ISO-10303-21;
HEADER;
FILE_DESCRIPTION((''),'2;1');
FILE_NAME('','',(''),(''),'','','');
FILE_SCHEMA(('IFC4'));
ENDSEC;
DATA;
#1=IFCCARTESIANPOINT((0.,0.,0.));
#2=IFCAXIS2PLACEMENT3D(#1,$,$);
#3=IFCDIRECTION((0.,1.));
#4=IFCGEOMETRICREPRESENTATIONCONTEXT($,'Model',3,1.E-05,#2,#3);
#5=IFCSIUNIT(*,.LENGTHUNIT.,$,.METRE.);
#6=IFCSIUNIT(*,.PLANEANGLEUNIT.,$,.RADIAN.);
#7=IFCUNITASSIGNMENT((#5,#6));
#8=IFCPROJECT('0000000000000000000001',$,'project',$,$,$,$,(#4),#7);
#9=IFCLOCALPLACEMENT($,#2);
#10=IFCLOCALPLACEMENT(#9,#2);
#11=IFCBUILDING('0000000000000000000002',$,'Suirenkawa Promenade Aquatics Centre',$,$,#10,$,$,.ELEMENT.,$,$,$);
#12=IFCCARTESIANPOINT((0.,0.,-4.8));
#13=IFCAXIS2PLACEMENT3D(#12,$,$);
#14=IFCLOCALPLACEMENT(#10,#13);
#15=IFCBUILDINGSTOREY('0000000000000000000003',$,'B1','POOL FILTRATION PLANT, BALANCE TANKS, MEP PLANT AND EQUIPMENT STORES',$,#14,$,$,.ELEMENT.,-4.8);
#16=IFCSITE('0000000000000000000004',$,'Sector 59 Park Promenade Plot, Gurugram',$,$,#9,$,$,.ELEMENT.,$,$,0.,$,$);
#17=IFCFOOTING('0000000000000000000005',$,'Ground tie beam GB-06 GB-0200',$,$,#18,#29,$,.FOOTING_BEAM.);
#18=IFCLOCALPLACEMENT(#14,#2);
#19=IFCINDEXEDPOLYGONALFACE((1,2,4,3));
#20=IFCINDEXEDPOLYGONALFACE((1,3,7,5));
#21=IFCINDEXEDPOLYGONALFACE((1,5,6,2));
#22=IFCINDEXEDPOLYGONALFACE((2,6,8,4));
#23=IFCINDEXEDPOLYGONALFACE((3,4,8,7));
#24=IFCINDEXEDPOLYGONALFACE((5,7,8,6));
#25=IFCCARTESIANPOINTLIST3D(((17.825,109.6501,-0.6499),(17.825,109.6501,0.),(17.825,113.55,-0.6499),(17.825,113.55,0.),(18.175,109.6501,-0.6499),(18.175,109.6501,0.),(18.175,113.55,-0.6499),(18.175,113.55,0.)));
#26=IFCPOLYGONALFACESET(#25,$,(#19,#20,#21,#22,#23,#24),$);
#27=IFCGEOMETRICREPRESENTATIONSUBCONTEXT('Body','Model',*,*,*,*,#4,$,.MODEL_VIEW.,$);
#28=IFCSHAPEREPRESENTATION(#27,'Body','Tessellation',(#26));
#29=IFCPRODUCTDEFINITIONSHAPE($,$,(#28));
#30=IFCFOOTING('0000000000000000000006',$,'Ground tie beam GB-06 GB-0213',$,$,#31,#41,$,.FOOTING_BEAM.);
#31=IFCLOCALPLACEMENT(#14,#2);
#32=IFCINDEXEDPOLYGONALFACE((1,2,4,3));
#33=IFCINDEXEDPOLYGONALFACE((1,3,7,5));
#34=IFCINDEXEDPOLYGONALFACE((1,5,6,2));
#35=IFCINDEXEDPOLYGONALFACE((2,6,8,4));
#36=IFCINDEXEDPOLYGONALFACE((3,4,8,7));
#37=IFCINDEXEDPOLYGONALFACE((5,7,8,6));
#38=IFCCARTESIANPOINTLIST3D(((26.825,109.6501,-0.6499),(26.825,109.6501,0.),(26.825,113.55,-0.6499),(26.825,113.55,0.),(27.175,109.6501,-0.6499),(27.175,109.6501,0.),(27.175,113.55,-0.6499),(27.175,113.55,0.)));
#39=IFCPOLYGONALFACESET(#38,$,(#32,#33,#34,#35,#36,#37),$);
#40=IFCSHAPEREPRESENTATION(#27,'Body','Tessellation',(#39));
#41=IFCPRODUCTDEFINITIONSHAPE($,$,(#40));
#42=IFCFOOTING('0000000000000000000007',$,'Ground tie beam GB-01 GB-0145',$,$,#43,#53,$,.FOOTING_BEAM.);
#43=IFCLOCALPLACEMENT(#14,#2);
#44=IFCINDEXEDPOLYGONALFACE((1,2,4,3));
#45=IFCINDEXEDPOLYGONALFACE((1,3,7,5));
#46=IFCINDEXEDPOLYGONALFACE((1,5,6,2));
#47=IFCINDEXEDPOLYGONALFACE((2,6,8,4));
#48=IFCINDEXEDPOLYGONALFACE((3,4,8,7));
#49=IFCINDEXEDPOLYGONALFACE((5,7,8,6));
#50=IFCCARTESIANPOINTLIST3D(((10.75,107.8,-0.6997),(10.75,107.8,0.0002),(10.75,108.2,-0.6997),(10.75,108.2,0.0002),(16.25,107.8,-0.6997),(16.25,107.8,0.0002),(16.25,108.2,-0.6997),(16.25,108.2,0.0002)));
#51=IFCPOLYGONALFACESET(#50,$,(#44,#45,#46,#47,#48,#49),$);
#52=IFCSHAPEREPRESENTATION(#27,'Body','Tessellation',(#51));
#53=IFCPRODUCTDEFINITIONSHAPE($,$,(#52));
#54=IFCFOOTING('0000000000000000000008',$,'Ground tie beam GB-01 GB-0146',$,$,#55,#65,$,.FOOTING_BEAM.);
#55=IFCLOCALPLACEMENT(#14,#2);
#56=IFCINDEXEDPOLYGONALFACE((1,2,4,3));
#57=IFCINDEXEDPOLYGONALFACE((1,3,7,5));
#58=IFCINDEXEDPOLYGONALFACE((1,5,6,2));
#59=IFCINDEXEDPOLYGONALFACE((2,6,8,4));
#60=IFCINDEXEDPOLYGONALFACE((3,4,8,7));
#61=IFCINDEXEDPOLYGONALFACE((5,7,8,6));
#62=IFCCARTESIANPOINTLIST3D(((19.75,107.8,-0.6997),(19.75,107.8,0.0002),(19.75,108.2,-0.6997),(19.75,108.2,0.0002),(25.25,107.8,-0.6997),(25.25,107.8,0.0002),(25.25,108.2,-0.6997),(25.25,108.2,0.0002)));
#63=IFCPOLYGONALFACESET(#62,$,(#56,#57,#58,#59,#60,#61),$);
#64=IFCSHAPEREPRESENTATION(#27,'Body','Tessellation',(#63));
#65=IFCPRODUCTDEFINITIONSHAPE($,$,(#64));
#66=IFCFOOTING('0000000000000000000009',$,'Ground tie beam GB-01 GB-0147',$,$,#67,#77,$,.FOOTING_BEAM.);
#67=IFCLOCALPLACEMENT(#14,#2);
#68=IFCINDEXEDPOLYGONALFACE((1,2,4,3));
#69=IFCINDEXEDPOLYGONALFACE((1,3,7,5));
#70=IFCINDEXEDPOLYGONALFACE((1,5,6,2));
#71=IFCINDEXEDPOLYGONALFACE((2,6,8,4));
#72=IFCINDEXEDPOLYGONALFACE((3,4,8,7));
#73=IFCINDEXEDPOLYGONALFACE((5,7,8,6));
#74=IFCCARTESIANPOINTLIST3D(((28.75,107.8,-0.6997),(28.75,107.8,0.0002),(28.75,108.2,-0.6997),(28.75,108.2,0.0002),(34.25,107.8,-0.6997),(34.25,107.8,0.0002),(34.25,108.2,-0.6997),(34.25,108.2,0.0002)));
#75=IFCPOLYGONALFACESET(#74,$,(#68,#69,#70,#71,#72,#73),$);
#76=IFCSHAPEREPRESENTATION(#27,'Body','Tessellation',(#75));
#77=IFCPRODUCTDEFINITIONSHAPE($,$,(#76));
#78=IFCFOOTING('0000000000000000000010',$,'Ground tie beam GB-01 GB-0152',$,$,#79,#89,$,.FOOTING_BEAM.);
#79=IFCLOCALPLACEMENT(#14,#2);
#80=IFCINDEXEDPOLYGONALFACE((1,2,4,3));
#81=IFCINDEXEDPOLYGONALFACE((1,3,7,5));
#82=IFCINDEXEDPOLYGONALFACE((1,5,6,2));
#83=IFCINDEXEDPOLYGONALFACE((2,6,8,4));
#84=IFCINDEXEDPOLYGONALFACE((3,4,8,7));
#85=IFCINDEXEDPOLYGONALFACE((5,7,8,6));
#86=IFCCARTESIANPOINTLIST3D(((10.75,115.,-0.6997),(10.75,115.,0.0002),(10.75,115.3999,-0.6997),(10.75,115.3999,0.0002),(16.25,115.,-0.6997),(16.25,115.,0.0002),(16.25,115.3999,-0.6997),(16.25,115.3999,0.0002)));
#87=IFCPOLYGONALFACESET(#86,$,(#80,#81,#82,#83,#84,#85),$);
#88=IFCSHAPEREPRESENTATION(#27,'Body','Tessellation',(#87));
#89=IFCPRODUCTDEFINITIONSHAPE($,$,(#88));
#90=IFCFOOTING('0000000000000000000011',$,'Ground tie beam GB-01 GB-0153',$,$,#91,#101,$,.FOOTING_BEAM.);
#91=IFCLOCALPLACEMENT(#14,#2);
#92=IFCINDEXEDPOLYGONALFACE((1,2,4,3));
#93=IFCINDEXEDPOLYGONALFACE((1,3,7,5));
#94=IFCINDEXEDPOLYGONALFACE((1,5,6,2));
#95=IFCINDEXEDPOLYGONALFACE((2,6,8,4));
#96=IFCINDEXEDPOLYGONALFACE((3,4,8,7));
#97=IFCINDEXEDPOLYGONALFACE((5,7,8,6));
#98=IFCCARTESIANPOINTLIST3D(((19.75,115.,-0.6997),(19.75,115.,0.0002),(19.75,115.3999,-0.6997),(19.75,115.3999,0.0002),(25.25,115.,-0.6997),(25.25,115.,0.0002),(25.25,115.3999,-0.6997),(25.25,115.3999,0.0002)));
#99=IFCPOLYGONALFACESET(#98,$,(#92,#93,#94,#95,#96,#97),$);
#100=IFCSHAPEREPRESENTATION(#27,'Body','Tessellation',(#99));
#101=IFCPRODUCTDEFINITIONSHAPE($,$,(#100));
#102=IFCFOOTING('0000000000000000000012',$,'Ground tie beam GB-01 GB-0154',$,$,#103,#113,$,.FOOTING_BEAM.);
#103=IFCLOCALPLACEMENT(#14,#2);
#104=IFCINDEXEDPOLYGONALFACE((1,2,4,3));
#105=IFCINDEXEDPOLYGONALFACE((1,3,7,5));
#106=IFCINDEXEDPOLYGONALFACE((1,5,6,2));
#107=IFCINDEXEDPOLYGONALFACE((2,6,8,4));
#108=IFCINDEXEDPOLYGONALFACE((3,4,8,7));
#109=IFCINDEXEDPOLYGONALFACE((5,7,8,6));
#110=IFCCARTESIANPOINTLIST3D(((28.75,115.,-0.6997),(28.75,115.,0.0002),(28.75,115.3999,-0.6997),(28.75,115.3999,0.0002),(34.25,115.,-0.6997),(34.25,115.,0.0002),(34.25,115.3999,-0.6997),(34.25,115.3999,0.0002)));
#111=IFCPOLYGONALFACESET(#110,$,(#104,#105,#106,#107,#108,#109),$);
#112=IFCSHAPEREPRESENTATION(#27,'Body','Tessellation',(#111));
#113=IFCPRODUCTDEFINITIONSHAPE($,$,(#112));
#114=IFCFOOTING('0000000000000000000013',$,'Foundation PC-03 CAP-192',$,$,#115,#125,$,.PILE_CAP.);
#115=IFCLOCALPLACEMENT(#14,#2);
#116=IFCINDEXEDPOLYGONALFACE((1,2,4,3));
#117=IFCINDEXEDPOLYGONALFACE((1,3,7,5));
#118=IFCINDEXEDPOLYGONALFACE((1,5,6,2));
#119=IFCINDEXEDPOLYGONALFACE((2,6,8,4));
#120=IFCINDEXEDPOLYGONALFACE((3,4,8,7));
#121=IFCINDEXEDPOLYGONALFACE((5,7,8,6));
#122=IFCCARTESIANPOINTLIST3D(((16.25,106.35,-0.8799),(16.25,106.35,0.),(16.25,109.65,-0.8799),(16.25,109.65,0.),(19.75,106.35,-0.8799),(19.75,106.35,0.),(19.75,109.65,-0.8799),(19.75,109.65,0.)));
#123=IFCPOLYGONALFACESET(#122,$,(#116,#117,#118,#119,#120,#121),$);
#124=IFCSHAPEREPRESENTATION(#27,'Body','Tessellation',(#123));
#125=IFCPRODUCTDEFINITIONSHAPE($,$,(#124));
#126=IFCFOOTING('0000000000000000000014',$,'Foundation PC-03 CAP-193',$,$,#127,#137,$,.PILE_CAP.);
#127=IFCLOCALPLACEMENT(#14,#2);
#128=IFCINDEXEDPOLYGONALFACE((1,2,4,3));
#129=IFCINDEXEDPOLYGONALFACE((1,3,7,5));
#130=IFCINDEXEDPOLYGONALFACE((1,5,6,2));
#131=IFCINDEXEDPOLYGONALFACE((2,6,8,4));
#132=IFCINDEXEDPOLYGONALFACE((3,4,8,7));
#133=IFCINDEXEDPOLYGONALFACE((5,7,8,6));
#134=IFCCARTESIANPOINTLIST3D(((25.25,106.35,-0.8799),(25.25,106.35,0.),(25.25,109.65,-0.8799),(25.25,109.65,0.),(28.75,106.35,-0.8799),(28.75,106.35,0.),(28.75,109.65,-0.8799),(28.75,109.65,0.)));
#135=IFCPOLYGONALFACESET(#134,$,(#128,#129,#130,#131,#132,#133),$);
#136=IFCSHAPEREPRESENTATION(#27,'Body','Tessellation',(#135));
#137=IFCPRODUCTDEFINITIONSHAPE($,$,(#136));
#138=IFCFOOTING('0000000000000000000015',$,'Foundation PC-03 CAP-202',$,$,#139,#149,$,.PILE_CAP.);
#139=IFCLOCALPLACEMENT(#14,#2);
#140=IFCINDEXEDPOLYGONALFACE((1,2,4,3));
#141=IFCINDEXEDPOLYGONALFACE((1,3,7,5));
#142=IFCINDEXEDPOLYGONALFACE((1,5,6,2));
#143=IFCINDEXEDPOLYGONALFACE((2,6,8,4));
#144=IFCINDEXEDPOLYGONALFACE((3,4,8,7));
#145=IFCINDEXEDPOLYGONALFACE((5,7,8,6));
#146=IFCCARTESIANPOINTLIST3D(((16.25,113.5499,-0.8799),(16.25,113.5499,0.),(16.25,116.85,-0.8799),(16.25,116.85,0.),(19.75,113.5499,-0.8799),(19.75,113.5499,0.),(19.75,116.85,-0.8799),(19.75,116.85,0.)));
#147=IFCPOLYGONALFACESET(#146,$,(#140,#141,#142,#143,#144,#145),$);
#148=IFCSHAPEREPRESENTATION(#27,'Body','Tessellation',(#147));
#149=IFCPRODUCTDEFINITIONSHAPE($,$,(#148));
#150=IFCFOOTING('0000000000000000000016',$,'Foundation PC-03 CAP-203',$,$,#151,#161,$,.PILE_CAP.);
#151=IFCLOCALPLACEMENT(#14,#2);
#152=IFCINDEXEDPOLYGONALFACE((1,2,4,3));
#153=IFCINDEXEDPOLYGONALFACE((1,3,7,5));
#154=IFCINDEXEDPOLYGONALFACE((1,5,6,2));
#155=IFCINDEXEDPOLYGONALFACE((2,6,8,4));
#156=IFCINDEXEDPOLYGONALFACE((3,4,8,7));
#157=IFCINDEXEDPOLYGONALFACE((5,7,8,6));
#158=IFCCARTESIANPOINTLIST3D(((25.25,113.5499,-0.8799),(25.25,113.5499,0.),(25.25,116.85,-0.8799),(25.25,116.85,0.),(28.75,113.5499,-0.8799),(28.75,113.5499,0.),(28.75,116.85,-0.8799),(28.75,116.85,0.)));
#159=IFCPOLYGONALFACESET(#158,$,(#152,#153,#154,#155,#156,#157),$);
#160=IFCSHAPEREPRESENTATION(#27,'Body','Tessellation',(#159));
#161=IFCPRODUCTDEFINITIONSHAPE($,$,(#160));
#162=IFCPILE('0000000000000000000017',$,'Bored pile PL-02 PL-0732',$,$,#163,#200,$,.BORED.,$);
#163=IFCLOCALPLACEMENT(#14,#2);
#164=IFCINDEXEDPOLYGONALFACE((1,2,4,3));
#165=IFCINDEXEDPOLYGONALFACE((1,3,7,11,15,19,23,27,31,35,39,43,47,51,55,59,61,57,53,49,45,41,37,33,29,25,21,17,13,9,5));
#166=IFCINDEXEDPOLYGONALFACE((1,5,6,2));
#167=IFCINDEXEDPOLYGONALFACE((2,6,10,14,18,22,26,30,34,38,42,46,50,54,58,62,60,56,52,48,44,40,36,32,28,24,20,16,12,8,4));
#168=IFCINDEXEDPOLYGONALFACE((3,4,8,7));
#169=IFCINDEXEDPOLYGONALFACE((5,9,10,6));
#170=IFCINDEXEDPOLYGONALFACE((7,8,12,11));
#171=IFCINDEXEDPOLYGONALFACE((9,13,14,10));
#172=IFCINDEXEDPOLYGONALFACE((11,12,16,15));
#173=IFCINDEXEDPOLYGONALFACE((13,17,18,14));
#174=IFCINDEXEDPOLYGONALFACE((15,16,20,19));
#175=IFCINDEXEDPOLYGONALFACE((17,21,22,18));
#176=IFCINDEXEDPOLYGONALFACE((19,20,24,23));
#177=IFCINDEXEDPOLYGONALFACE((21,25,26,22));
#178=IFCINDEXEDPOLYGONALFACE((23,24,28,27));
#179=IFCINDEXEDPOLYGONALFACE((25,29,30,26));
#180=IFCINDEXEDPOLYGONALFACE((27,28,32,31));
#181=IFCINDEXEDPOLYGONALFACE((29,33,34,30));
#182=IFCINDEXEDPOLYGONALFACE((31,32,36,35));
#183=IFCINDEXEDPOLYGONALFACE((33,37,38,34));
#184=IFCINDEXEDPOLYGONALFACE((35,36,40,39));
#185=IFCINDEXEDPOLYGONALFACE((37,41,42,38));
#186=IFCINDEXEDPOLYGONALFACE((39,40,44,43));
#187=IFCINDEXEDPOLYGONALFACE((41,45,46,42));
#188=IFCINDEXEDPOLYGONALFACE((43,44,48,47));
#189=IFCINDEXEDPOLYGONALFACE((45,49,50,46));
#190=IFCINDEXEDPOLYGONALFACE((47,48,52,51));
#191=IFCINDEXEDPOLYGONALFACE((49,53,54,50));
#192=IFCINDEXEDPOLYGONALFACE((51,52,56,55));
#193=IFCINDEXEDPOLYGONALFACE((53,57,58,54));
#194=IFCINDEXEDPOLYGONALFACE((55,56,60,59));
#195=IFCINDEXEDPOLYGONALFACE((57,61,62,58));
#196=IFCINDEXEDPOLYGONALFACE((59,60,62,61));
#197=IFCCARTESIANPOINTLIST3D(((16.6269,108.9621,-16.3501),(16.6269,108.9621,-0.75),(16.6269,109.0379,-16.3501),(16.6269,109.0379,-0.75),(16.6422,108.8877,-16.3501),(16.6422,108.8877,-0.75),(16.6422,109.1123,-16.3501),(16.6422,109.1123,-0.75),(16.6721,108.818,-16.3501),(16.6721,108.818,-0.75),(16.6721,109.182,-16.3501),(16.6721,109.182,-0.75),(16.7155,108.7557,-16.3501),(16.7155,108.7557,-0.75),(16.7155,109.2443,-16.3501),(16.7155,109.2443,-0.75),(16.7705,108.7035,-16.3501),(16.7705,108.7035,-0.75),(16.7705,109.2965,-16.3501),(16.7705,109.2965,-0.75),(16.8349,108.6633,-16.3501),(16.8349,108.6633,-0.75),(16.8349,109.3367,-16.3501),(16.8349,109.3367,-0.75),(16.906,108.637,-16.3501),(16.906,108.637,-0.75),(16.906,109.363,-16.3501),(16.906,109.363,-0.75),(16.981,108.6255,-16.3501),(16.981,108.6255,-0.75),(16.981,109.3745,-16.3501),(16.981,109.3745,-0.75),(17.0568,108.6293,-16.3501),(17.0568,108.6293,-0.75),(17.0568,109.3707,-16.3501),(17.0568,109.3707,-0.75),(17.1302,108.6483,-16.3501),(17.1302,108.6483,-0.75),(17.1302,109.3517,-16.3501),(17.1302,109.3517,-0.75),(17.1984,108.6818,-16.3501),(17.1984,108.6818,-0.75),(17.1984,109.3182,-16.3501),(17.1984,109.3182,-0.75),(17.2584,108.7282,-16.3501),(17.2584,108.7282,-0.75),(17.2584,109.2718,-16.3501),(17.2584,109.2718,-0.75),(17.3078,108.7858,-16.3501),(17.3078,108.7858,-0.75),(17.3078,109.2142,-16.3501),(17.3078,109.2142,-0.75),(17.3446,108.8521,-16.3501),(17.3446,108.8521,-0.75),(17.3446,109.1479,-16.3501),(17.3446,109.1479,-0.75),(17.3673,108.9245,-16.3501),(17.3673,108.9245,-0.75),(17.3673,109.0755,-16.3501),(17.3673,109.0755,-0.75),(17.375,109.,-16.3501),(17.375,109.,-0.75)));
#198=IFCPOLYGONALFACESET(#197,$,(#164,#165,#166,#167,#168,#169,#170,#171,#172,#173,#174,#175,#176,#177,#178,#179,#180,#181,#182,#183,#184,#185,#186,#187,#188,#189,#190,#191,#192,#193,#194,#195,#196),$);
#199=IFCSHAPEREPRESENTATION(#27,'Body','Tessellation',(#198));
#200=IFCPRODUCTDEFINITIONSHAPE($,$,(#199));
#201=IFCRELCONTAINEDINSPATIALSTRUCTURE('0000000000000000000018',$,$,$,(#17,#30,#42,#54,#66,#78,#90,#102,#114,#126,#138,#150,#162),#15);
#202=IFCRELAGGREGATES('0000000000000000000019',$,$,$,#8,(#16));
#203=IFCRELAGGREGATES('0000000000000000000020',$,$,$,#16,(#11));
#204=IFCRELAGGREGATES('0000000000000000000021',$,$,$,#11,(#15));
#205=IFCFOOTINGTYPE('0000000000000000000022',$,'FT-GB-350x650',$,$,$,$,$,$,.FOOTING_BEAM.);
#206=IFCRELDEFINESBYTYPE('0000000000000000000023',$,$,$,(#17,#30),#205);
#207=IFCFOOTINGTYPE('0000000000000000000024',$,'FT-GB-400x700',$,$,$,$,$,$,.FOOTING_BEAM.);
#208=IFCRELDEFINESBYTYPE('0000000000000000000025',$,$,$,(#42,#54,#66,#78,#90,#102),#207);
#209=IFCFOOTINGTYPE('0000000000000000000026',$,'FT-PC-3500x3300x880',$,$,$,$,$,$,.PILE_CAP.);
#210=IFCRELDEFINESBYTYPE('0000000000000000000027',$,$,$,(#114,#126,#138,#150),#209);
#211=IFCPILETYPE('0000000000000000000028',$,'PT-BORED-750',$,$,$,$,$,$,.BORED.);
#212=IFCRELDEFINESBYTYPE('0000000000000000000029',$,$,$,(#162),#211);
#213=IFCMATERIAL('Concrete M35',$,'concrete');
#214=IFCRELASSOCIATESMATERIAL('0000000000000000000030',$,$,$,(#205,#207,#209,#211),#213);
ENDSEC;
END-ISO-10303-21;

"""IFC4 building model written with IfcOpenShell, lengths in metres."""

from ifc_helpers import new_model, si_unit, direction, frame, origin, origin_2d, place, context, subcontext, project, spatial, rectangle, circle, extrude, material, material_profile, profile_set, type_object, element, save


model = new_model("IFC4")

# Units and contexts
model_context = context("Model", 3, precision=1e-05, world=origin(), true_north=direction((0.0, 1.0)))
body_context = subcontext(model_context, "Body", "Model", "MODEL_VIEW")
ifc_project = project(units=[si_unit("LENGTHUNIT", "METRE"), si_unit("PLANEANGLEUNIT", "RADIAN")], contexts=[model_context])

# Site, building, storey
site_placement = place(None, origin())
site = spatial("IfcSite", under=ifc_project, at=site_placement, Name="Sector 59 Park Promenade Plot, Gurugram", CompositionType="ELEMENT", RefElevation=0.0)
building_placement = place(site_placement, origin())
building = spatial("IfcBuilding", under=site, at=building_placement, Name="Suirenkawa Promenade Aquatics Centre", CompositionType="ELEMENT")
storey_placement = place(building_placement, frame((0.0, 0.0, -4.8)))
storey = spatial("IfcBuildingStorey", under=building, at=storey_placement, Name="B1", Description="POOL FILTRATION PLANT, BALANCE TANKS, MEP PLANT AND EQUIPMENT STORES", CompositionType="ELEMENT", Elevation=-4.8)

# Footings
ifc_material_1 = material(Name="Concrete M35", Category="concrete")
footing_type_1 = type_object("IfcFootingType", Name="FT-GB-350x650", PredefinedType="FOOTING_BEAM", material=ifc_material_1)
for number, where, z_axis, x_axis, name in (
    (1, (18.0, 111.6001, -0.6499), (0.0, 0.0, 1.0), (0.0, 1.0, 0.0), "Ground tie beam GB-06 GB-0200"),
    (2, (27.0, 111.6001, -0.6499), (0.0, 0.0, 1.0), (0.0, 1.0, 0.0), "Ground tie beam GB-06 GB-0213"),
):
    element("IfcFooting", number, at=place(storey_placement, frame(where, z_axis=z_axis, x_axis=x_axis)), inside=storey, type_object=footing_type_1, Name=name, PredefinedType="FOOTING_BEAM", context=body_context, shape_type="SweptSolid", body=[
        extrude(rectangle(XDim=3.8999, YDim=0.3501, at=origin_2d()), origin(), (0.0, 0.0, 1.0), 0.6499),
    ])
footing_type_2 = type_object("IfcFootingType", Name="FT-GB-400x700", PredefinedType="FOOTING_BEAM", material=ifc_material_1)
for number, where, z_axis, x_axis, name in (
    (3, (13.5, 108.0, -0.6997), (0.0, 0.0, 1.0), (1.0, 0.0, 0.0), "Ground tie beam GB-01 GB-0145"),
    (4, (22.5, 108.0, -0.6997), (0.0, 0.0, 1.0), (1.0, 0.0, 0.0), "Ground tie beam GB-01 GB-0146"),
    (5, (31.5, 108.0, -0.6997), (0.0, 0.0, 1.0), (1.0, 0.0, 0.0), "Ground tie beam GB-01 GB-0147"),
    (6, (13.5, 115.2, -0.6997), (0.0, 0.0, 1.0), (1.0, 0.0, 0.0), "Ground tie beam GB-01 GB-0152"),
    (7, (22.5, 115.2, -0.6997), (0.0, 0.0, 1.0), (1.0, 0.0, 0.0), "Ground tie beam GB-01 GB-0153"),
    (8, (31.5, 115.2, -0.6997), (0.0, 0.0, 1.0), (1.0, 0.0, 0.0), "Ground tie beam GB-01 GB-0154"),
):
    element("IfcFooting", number, at=place(storey_placement, frame(where, z_axis=z_axis, x_axis=x_axis)), inside=storey, type_object=footing_type_2, Name=name, PredefinedType="FOOTING_BEAM", context=body_context, shape_type="SweptSolid", body=[
        extrude(rectangle(XDim=5.5, YDim=0.3999, at=origin_2d()), origin(), (0.0, 0.0, 1.0), 0.7),
    ])
footing_type_3 = type_object("IfcFootingType", Name="FT-PC-3500x3300x880", PredefinedType="PILE_CAP", material=ifc_material_1)
for number, where, z_axis, x_axis, name in (
    (9, (18.0, 108.0, -0.8799), (0.0, 0.0, 1.0), (1.0, 0.0, 0.0), "Foundation PC-03 CAP-192"),
    (10, (27.0, 108.0, -0.8799), (0.0, 0.0, 1.0), (1.0, 0.0, 0.0), "Foundation PC-03 CAP-193"),
    (11, (18.0, 115.2, -0.8799), (0.0, 0.0, 1.0), (1.0, 0.0, 0.0), "Foundation PC-03 CAP-202"),
    (12, (27.0, 115.2, -0.8799), (0.0, 0.0, 1.0), (1.0, 0.0, 0.0), "Foundation PC-03 CAP-203"),
):
    element("IfcFooting", number, at=place(storey_placement, frame(where, z_axis=z_axis, x_axis=x_axis)), inside=storey, type_object=footing_type_3, Name=name, PredefinedType="PILE_CAP", context=body_context, shape_type="SweptSolid", body=[
        extrude(rectangle(XDim=3.5, YDim=3.3, at=origin_2d()), origin(), (0.0, 0.0, 1.0), 0.8799),
    ])

# Pile
ifc_material_profile_1 = material_profile(ifc_material_1, circle(Radius=0.375, at=origin_2d()), Name="PILE D750", Category="concrete")
ifc_profile_set_1 = profile_set([ifc_material_profile_1], Name="Concrete M35")
pile_type = type_object("IfcPileType", Name="PT-BORED-750", PredefinedType="BORED", material=ifc_profile_set_1)
for number, where, z_axis, x_axis, name in (
    (13, (17.0, 109.0, -0.75), (0.0, 0.0, -1.0), (1.0, 0.0, 0.0), "Bored pile PL-02 PL-0732"),
):
    element("IfcPile", number, at=place(storey_placement, frame(where, z_axis=z_axis, x_axis=x_axis)), inside=storey, type_object=pile_type, Name=name, PredefinedType="BORED", context=body_context, shape_type="SweptSolid", body=[
        extrude(circle(Radius=0.375, at=origin_2d()), origin(), (0.0, 0.0, 1.0), 15.6001),
    ])

save(model, "model.ifc")
